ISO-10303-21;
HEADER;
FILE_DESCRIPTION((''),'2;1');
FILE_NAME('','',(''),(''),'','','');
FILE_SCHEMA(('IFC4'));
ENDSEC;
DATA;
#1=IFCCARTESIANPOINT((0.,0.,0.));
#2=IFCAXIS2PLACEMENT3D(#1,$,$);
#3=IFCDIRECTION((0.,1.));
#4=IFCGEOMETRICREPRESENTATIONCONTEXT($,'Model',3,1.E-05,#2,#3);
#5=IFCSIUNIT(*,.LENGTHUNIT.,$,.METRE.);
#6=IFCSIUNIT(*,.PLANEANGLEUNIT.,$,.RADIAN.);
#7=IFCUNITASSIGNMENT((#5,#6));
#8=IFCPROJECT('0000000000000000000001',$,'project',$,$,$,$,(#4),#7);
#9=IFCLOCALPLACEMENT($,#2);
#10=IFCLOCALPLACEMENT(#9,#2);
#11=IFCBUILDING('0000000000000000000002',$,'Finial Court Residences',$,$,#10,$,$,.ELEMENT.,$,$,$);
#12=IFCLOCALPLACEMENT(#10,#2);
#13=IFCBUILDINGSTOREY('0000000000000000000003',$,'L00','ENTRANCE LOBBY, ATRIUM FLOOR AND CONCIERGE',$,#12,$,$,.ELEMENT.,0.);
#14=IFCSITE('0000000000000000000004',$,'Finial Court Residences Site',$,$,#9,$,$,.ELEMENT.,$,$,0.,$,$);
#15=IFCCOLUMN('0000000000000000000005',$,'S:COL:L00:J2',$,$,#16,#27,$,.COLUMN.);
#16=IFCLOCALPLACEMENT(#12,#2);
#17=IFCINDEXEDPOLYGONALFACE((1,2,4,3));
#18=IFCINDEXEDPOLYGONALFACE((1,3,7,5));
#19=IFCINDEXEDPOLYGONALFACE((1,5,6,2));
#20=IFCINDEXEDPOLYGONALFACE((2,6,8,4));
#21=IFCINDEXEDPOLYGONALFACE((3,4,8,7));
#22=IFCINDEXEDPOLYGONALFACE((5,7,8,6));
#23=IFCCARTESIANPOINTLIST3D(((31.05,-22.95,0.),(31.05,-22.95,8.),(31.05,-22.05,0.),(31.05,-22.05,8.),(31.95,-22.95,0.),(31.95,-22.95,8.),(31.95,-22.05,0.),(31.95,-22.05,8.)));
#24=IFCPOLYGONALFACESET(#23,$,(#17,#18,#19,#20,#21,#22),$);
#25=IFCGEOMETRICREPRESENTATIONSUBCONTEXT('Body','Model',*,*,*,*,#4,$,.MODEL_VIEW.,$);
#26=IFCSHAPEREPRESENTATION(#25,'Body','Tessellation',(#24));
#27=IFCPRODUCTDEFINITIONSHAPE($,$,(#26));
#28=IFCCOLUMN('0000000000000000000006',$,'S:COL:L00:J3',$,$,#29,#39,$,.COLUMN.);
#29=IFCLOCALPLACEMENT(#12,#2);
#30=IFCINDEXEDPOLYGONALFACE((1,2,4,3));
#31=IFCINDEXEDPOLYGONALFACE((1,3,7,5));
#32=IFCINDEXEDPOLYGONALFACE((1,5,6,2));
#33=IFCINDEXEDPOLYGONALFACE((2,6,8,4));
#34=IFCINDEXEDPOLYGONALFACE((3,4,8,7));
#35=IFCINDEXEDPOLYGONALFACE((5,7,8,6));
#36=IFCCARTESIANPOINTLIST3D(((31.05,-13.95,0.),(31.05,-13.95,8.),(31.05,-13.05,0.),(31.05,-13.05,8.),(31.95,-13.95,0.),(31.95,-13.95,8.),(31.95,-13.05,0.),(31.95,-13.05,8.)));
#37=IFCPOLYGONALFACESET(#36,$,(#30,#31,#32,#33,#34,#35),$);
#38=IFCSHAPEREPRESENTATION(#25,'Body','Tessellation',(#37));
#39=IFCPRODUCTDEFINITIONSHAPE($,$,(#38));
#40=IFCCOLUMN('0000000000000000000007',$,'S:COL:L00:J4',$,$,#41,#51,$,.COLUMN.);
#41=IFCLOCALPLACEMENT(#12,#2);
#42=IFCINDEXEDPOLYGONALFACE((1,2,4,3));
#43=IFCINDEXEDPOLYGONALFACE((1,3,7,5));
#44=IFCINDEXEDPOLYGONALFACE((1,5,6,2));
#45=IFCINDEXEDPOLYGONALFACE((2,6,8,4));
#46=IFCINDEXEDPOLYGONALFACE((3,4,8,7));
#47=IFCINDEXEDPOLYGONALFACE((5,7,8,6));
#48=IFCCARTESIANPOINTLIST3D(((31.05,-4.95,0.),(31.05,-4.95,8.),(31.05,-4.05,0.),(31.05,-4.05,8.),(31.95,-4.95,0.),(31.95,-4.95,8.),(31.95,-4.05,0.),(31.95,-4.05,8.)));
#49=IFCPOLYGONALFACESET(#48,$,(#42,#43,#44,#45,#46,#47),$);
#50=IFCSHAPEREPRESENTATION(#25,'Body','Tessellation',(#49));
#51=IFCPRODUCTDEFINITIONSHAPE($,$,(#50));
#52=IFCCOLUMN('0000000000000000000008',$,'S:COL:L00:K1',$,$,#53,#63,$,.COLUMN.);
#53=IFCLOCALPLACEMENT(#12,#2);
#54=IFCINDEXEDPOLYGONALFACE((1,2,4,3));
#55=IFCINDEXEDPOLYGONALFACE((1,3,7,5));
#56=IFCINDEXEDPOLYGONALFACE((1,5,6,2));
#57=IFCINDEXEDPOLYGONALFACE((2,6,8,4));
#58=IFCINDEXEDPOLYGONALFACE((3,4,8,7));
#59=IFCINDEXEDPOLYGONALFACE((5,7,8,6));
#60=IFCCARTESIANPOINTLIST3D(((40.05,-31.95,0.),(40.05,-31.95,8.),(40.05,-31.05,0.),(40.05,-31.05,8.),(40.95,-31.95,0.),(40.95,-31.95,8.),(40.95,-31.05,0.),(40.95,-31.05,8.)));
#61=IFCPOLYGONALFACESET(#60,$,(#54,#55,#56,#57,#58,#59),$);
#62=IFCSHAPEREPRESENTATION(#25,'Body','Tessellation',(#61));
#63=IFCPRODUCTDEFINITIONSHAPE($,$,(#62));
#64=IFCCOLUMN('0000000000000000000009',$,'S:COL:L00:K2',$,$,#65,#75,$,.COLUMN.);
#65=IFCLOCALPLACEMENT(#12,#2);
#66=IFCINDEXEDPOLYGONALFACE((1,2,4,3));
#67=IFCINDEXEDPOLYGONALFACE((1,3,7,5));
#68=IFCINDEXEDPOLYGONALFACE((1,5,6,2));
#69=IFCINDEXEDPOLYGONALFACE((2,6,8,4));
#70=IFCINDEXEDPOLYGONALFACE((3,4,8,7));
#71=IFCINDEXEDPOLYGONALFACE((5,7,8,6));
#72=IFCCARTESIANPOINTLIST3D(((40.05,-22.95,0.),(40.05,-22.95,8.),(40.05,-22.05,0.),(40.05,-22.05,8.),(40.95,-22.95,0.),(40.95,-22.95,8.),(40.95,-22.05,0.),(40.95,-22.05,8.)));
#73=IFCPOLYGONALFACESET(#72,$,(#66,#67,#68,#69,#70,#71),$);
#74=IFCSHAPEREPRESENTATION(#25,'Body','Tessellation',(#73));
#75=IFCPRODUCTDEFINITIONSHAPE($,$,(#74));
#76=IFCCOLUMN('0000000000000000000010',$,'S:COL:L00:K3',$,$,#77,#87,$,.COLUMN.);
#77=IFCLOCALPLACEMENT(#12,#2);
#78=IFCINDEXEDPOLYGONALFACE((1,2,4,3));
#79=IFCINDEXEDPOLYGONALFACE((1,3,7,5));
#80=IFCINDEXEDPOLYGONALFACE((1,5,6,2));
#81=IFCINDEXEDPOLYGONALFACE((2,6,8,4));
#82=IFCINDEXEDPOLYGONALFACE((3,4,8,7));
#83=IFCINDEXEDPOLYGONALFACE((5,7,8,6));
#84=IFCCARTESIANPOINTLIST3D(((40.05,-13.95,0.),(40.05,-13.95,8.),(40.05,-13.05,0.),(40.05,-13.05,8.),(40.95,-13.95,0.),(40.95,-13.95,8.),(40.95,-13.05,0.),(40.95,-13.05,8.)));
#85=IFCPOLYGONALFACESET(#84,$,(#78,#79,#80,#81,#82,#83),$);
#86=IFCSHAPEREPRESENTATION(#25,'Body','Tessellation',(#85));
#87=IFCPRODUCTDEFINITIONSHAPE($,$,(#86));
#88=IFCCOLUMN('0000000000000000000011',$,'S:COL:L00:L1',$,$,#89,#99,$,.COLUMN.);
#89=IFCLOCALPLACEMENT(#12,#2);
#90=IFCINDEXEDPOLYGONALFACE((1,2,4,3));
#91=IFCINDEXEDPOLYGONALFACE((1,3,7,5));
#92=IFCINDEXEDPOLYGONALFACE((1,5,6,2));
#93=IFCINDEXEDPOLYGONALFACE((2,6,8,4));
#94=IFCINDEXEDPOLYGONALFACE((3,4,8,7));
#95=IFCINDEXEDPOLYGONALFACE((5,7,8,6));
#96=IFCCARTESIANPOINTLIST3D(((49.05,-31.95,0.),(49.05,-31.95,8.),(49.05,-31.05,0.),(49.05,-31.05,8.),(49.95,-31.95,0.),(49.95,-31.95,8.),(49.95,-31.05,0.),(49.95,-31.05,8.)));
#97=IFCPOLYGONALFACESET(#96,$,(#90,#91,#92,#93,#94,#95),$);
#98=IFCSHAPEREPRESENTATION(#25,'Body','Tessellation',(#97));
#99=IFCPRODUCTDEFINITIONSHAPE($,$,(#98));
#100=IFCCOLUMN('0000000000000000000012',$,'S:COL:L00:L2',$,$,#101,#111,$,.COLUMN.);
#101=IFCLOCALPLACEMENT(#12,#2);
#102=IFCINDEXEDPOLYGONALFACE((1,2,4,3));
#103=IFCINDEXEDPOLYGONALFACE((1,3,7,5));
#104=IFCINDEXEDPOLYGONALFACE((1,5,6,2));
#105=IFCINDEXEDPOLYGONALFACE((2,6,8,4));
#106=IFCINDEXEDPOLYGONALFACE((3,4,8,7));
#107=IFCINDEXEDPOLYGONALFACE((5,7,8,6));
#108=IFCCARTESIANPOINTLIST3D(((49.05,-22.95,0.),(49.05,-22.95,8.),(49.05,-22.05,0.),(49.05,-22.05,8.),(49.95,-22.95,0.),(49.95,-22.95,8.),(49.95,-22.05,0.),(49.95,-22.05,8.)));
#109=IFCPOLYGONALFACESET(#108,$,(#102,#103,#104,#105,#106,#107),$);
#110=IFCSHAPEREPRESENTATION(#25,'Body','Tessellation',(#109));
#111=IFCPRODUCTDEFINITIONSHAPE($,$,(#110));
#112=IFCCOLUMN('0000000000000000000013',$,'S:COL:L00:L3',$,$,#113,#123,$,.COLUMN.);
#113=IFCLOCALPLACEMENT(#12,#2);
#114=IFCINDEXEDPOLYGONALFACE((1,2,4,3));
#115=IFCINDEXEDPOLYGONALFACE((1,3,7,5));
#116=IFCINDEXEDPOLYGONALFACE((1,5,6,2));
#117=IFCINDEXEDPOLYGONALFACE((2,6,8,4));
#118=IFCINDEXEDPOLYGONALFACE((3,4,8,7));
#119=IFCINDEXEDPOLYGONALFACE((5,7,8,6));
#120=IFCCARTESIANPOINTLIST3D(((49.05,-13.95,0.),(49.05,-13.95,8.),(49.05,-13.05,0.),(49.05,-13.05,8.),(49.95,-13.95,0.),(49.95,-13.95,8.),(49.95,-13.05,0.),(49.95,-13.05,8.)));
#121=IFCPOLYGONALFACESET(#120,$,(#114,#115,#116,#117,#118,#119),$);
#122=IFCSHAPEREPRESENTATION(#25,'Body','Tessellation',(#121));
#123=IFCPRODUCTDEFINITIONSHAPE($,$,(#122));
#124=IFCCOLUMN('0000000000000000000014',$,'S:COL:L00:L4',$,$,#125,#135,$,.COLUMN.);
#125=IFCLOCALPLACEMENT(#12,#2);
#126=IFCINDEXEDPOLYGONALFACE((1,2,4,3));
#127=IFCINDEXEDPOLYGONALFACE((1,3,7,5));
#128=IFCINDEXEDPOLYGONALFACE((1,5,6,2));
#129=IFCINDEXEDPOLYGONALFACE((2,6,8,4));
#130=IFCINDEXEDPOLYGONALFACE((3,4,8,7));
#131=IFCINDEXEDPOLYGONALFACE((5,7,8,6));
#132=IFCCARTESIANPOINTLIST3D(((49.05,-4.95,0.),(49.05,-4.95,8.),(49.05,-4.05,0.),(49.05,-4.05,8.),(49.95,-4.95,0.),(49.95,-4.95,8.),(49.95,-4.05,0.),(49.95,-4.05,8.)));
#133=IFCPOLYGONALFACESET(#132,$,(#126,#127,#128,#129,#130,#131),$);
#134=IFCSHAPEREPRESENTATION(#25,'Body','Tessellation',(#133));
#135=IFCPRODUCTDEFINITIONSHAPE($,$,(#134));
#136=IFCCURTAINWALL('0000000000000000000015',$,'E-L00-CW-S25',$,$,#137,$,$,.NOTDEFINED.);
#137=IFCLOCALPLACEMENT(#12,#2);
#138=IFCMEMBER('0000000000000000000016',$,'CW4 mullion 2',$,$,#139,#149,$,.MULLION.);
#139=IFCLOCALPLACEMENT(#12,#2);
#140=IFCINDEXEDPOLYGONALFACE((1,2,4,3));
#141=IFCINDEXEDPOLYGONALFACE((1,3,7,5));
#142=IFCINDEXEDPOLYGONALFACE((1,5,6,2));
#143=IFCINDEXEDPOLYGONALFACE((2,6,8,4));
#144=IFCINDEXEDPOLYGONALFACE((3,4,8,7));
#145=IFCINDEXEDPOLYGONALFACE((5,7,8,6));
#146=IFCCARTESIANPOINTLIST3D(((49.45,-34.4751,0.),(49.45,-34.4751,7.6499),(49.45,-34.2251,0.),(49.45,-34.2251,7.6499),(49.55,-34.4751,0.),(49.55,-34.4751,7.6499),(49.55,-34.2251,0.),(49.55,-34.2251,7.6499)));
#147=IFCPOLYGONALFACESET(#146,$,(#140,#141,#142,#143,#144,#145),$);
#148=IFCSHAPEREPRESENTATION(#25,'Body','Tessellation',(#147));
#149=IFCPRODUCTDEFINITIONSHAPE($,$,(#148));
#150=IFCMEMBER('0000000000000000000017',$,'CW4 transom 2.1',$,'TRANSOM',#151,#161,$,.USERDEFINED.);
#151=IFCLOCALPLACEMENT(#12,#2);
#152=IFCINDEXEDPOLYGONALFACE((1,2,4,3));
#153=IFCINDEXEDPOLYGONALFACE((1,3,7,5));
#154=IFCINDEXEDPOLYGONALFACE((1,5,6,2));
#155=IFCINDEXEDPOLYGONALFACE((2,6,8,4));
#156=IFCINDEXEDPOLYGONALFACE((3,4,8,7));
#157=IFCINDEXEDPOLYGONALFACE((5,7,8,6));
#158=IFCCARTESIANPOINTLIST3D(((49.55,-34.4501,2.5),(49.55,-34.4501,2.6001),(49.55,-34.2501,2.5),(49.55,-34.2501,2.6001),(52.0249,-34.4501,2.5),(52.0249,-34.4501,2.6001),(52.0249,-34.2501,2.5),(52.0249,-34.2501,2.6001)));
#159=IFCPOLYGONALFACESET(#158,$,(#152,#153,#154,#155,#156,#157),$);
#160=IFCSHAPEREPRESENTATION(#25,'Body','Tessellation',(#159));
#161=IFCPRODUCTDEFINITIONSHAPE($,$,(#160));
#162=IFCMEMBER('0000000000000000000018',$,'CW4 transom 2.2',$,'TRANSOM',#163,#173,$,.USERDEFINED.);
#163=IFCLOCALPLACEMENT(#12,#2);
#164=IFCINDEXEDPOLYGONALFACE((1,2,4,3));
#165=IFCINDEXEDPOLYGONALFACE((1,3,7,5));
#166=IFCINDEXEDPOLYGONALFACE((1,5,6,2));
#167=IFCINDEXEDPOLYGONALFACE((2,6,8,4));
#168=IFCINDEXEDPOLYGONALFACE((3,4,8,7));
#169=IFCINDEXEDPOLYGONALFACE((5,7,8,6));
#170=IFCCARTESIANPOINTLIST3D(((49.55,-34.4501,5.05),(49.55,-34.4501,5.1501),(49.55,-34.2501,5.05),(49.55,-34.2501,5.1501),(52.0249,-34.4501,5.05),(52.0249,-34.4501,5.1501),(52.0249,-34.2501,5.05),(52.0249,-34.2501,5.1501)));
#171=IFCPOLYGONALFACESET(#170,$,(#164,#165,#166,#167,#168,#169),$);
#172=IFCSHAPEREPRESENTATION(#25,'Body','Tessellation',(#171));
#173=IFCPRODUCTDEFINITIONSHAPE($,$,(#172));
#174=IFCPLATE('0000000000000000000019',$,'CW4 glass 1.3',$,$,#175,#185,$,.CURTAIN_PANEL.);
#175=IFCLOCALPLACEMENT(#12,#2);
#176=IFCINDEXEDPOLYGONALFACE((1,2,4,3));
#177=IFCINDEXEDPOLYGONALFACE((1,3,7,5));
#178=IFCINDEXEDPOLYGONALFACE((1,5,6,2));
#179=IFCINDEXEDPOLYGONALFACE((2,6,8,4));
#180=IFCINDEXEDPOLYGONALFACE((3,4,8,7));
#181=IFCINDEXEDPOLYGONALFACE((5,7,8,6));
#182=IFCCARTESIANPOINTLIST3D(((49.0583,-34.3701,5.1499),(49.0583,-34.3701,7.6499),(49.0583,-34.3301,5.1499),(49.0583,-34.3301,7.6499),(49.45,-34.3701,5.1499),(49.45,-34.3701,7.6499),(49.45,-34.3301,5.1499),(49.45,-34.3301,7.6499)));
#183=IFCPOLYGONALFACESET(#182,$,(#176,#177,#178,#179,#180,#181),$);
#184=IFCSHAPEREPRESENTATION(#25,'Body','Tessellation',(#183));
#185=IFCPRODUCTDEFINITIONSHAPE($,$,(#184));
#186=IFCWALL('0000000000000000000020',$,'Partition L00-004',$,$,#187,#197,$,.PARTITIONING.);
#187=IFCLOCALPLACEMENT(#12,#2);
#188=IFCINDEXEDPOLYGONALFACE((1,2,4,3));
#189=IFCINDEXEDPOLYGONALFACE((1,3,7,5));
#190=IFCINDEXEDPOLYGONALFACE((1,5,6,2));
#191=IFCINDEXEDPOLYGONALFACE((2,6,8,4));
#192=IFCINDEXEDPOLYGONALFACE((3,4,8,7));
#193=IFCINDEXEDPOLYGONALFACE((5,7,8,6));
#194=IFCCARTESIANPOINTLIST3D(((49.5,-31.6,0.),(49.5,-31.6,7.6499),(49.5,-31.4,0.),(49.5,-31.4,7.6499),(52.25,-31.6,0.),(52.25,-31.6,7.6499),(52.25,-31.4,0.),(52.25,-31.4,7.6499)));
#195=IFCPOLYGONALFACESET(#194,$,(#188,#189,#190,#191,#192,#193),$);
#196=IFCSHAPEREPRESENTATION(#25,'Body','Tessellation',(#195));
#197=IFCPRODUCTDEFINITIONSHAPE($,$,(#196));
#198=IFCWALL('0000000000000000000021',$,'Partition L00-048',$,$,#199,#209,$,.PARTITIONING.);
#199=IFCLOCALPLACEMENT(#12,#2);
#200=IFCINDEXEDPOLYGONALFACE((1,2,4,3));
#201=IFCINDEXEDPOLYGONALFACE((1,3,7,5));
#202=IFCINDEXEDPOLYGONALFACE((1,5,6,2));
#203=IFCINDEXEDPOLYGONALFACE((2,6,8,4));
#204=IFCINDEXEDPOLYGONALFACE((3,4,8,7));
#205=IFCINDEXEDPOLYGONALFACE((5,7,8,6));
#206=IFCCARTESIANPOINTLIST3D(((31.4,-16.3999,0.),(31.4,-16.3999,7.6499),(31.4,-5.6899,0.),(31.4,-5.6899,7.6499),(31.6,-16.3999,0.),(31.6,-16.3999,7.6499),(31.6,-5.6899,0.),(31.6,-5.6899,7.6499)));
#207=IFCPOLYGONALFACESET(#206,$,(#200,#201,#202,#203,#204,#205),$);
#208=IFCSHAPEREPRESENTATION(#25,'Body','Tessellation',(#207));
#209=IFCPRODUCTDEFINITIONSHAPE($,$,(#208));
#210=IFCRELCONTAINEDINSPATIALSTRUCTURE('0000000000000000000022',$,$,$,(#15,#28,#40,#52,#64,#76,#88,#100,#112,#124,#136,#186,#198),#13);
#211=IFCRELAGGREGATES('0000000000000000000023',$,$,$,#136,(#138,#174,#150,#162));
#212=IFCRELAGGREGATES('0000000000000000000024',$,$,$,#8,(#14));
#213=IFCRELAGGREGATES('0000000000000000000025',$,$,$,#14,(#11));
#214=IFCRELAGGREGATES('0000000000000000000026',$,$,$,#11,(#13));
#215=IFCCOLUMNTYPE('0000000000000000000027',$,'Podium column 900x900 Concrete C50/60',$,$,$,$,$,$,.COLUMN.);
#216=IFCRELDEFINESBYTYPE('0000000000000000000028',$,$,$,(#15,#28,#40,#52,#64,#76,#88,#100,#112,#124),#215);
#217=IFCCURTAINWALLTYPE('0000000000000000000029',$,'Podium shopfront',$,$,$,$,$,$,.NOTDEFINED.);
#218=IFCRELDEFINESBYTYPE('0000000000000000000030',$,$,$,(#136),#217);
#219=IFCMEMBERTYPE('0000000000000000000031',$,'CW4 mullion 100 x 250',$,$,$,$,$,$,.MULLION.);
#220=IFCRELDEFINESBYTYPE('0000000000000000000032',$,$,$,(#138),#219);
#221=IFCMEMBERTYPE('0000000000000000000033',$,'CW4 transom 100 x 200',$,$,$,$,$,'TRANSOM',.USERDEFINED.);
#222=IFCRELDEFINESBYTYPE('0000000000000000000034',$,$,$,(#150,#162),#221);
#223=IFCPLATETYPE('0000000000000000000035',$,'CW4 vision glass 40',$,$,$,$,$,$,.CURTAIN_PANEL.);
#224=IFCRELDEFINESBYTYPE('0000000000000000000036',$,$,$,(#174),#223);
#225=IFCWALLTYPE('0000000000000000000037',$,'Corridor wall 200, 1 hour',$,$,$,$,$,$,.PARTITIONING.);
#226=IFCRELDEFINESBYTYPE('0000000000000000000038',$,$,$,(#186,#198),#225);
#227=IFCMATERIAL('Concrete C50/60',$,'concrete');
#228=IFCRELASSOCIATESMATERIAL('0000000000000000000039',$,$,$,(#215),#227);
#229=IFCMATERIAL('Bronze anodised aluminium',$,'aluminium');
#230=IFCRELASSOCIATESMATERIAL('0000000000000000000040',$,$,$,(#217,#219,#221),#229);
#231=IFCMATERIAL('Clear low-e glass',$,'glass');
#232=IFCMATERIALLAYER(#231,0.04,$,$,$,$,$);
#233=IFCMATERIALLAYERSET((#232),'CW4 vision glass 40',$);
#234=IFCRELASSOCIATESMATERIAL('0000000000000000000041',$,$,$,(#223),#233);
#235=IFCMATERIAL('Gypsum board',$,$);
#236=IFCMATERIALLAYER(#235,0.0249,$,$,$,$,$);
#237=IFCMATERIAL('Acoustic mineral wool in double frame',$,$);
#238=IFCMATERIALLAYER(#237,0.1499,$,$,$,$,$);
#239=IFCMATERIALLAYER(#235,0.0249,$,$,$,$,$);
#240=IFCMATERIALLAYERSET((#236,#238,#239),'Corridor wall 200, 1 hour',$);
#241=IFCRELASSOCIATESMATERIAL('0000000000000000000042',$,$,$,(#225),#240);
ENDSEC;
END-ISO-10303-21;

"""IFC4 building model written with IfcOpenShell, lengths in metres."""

from ifc_helpers import new_model, si_unit, direction, frame, frame_2d, origin, origin_2d, place, context, subcontext, project, spatial, rectangle, extrude, material, layer, layer_set, material_profile, profile_set, type_object, element, aggregate, save


model = new_model("IFC4")

# Units and contexts
model_context = context("Model", 3, precision=1e-05, world=origin(), true_north=direction((0.0, 1.0)))
body_context = subcontext(model_context, "Body", "Model", "MODEL_VIEW")
ifc_project = project(units=[si_unit("LENGTHUNIT", "METRE"), si_unit("PLANEANGLEUNIT", "RADIAN")], contexts=[model_context])

# Site, building, storey
site_placement = place(None, origin())
site = spatial("IfcSite", under=ifc_project, at=site_placement, Name="Finial Court Residences Site", CompositionType="ELEMENT", RefElevation=0.0)
building_placement = place(site_placement, origin())
building = spatial("IfcBuilding", under=site, at=building_placement, Name="Finial Court Residences", CompositionType="ELEMENT")
storey_placement = place(building_placement, origin())
storey = spatial("IfcBuildingStorey", under=building, at=storey_placement, Name="L00", Description="ENTRANCE LOBBY, ATRIUM FLOOR AND CONCIERGE", CompositionType="ELEMENT", Elevation=0.0)

# Columns
ifc_material_1 = material(Name="Concrete C50/60", Category="concrete")
ifc_material_profile_1 = material_profile(ifc_material_1, rectangle(XDim=0.8999, YDim=0.8999, at=origin_2d()), Name="900x900")
ifc_profile_set_1 = profile_set([ifc_material_profile_1], Name="Concrete C50/60")
column_type = type_object("IfcColumnType", Name="Podium column 900x900 Concrete C50/60", PredefinedType="COLUMN", material=ifc_profile_set_1)
for number, where, z_axis, x_axis, name in (
    (1, (31.5, -22.5, 0.0), (0.0, 0.0, 1.0), (1.0, 0.0, 0.0), "S:COL:L00:J2"),
    (2, (31.5, -13.5, 0.0), (0.0, 0.0, 1.0), (1.0, 0.0, 0.0), "S:COL:L00:J3"),
    (3, (31.5, -4.5, 0.0), (0.0, 0.0, 1.0), (1.0, 0.0, 0.0), "S:COL:L00:J4"),
    (4, (40.5, -31.5, 0.0), (0.0, 0.0, 1.0), (1.0, 0.0, 0.0), "S:COL:L00:K1"),
    (5, (40.5, -22.5, 0.0), (0.0, 0.0, 1.0), (1.0, 0.0, 0.0), "S:COL:L00:K2"),
    (6, (40.5, -13.5, 0.0), (0.0, 0.0, 1.0), (1.0, 0.0, 0.0), "S:COL:L00:K3"),
    (7, (49.5, -31.5, 0.0), (0.0, 0.0, 1.0), (1.0, 0.0, 0.0), "S:COL:L00:L1"),
    (8, (49.5, -22.5, 0.0), (0.0, 0.0, 1.0), (1.0, 0.0, 0.0), "S:COL:L00:L2"),
    (9, (49.5, -13.5, 0.0), (0.0, 0.0, 1.0), (1.0, 0.0, 0.0), "S:COL:L00:L3"),
    (10, (49.5, -4.5, 0.0), (0.0, 0.0, 1.0), (1.0, 0.0, 0.0), "S:COL:L00:L4"),
):
    element("IfcColumn", number, at=place(storey_placement, frame(where, z_axis=z_axis, x_axis=x_axis)), inside=storey, type_object=column_type, Name=name, PredefinedType="COLUMN", context=body_context, shape_type="SweptSolid", body=[
        extrude(rectangle(XDim=0.8999, YDim=0.8999, at=origin_2d()), origin(), (0.0, 0.0, 1.0), 8.0),
    ])

# Curtain wall, members, plate
ifc_material_2 = material(Name="Bronze anodised aluminium", Category="aluminium")
curtain_wall_type = type_object("IfcCurtainWallType", Name="Podium shopfront", PredefinedType="NOTDEFINED", material=ifc_material_2)
curtain_wall_placement = place(storey_placement, origin())
curtain_wall = element("IfcCurtainWall", 11, at=curtain_wall_placement, inside=storey, type_object=curtain_wall_type, Name="E-L00-CW-S25", PredefinedType="NOTDEFINED")
ifc_material_profile_2 = material_profile(ifc_material_2, rectangle(XDim=0.25, YDim=0.1001, at=origin_2d()), Name="CW4 mullion 100 x 250")
ifc_profile_set_2 = profile_set([ifc_material_profile_2], Name="Bronze anodised aluminium")
member_type_1 = type_object("IfcMemberType", Name="CW4 mullion 100 x 250", PredefinedType="MULLION", material=ifc_profile_set_2)
member_1_placement = place(storey_placement, frame((49.5, -34.3501, 0.0), z_axis=(0.0, 0.0, 1.0), x_axis=(0.0, 1.0, 0.0)))
member_1 = element("IfcMember", 12, at=member_1_placement, type_object=member_type_1, Name="CW4 mullion 2", PredefinedType="MULLION", context=body_context, shape_type="SweptSolid", body=[
    extrude(rectangle(XDim=0.25, YDim=0.1001, at=origin_2d()), origin(), (0.0, 0.0, 1.0), 7.6499),
])
ifc_material_profile_3 = material_profile(ifc_material_2, rectangle(XDim=0.2, YDim=0.1001, at=origin_2d()), Name="CW4 transom 100 x 200")
ifc_profile_set_3 = profile_set([ifc_material_profile_3], Name="Bronze anodised aluminium")
member_type_2 = type_object("IfcMemberType", Name="CW4 transom 100 x 200", ElementType="TRANSOM", PredefinedType="USERDEFINED", material=ifc_profile_set_3)
member_2_placement = place(storey_placement, frame((49.55, -34.3501, 2.55), z_axis=(1.0, 0.0, 0.0), x_axis=(0.0, 1.0, 0.0)))
member_2 = element("IfcMember", 13, at=member_2_placement, type_object=member_type_2, Name="CW4 transom 2.1", ObjectType="TRANSOM", PredefinedType="USERDEFINED", context=body_context, shape_type="SweptSolid", body=[
    extrude(rectangle(XDim=0.2, YDim=0.1001, at=origin_2d()), origin(), (0.0, 0.0, 1.0), 2.4749),
])
member_3_placement = place(storey_placement, frame((49.55, -34.3501, 5.1001), z_axis=(1.0, 0.0, 0.0), x_axis=(0.0, 1.0, 0.0)))
member_3 = element("IfcMember", 14, at=member_3_placement, type_object=member_type_2, Name="CW4 transom 2.2", ObjectType="TRANSOM", PredefinedType="USERDEFINED", context=body_context, shape_type="SweptSolid", body=[
    extrude(rectangle(XDim=0.2, YDim=0.1001, at=origin_2d()), origin(), (0.0, 0.0, 1.0), 2.4749),
])
ifc_material_3 = material(Name="Clear low-e glass", Category="glass")
ifc_layer_1 = layer(ifc_material_3, 0.04)
ifc_layer_set_1 = layer_set([ifc_layer_1], Name="CW4 vision glass 40")
plate_type = type_object("IfcPlateType", Name="CW4 vision glass 40", PredefinedType="CURTAIN_PANEL", material=ifc_layer_set_1)
plate_placement = place(storey_placement, frame((49.2542, -34.3501, 5.1499), z_axis=(0.0, 0.0, 1.0), x_axis=(1.0, 0.0, 0.0)))
plate = element("IfcPlate", 15, at=plate_placement, type_object=plate_type, Name="CW4 glass 1.3", PredefinedType="CURTAIN_PANEL", context=body_context, shape_type="SweptSolid", body=[
    extrude(rectangle(XDim=0.3916, YDim=0.04, at=origin_2d()), origin(), (0.0, 0.0, 1.0), 2.5),
])
aggregate(curtain_wall, [member_1, plate, member_2, member_3])

# Walls
ifc_material_4 = material(Name="Gypsum board")
ifc_layer_2 = layer(ifc_material_4, 0.0249)
ifc_material_5 = material(Name="Acoustic mineral wool in double frame")
ifc_layer_3 = layer(ifc_material_5, 0.1499)
ifc_layer_4 = layer(ifc_material_4, 0.0249)
ifc_layer_set_2 = layer_set([ifc_layer_2, ifc_layer_3, ifc_layer_4], Name="Corridor wall 200, 1 hour")
wall_type_1 = type_object("IfcWallType", Name="Corridor wall 200, 1 hour", PredefinedType="PARTITIONING", material=ifc_layer_set_2)
wall_1_placement = place(storey_placement, frame((49.5, -31.5, 0.0), z_axis=(0.0, 0.0, 1.0), x_axis=(1.0, 0.0, 0.0)))
element("IfcWall", 16, at=wall_1_placement, inside=storey, type_object=wall_type_1, Name="Partition L00-004", PredefinedType="PARTITIONING", context=body_context, shape_type="SweptSolid", body=[
    extrude(rectangle(XDim=2.75, YDim=0.2, at=frame_2d((1.375, 0.0))), origin(), (0.0, 0.0, 1.0), 7.6499),
])
wall_2_placement = place(storey_placement, frame((31.5, -16.3999, 0.0), z_axis=(0.0, 0.0, 1.0), x_axis=(0.0, 1.0, 0.0)))
element("IfcWall", 17, at=wall_2_placement, inside=storey, type_object=wall_type_1, Name="Partition L00-048", PredefinedType="PARTITIONING", context=body_context, shape_type="SweptSolid", body=[
    extrude(rectangle(XDim=10.71, YDim=0.2, at=frame_2d((5.355, 0.0))), origin(), (0.0, 0.0, 1.0), 7.6499),
])

save(model, "model.ifc")
